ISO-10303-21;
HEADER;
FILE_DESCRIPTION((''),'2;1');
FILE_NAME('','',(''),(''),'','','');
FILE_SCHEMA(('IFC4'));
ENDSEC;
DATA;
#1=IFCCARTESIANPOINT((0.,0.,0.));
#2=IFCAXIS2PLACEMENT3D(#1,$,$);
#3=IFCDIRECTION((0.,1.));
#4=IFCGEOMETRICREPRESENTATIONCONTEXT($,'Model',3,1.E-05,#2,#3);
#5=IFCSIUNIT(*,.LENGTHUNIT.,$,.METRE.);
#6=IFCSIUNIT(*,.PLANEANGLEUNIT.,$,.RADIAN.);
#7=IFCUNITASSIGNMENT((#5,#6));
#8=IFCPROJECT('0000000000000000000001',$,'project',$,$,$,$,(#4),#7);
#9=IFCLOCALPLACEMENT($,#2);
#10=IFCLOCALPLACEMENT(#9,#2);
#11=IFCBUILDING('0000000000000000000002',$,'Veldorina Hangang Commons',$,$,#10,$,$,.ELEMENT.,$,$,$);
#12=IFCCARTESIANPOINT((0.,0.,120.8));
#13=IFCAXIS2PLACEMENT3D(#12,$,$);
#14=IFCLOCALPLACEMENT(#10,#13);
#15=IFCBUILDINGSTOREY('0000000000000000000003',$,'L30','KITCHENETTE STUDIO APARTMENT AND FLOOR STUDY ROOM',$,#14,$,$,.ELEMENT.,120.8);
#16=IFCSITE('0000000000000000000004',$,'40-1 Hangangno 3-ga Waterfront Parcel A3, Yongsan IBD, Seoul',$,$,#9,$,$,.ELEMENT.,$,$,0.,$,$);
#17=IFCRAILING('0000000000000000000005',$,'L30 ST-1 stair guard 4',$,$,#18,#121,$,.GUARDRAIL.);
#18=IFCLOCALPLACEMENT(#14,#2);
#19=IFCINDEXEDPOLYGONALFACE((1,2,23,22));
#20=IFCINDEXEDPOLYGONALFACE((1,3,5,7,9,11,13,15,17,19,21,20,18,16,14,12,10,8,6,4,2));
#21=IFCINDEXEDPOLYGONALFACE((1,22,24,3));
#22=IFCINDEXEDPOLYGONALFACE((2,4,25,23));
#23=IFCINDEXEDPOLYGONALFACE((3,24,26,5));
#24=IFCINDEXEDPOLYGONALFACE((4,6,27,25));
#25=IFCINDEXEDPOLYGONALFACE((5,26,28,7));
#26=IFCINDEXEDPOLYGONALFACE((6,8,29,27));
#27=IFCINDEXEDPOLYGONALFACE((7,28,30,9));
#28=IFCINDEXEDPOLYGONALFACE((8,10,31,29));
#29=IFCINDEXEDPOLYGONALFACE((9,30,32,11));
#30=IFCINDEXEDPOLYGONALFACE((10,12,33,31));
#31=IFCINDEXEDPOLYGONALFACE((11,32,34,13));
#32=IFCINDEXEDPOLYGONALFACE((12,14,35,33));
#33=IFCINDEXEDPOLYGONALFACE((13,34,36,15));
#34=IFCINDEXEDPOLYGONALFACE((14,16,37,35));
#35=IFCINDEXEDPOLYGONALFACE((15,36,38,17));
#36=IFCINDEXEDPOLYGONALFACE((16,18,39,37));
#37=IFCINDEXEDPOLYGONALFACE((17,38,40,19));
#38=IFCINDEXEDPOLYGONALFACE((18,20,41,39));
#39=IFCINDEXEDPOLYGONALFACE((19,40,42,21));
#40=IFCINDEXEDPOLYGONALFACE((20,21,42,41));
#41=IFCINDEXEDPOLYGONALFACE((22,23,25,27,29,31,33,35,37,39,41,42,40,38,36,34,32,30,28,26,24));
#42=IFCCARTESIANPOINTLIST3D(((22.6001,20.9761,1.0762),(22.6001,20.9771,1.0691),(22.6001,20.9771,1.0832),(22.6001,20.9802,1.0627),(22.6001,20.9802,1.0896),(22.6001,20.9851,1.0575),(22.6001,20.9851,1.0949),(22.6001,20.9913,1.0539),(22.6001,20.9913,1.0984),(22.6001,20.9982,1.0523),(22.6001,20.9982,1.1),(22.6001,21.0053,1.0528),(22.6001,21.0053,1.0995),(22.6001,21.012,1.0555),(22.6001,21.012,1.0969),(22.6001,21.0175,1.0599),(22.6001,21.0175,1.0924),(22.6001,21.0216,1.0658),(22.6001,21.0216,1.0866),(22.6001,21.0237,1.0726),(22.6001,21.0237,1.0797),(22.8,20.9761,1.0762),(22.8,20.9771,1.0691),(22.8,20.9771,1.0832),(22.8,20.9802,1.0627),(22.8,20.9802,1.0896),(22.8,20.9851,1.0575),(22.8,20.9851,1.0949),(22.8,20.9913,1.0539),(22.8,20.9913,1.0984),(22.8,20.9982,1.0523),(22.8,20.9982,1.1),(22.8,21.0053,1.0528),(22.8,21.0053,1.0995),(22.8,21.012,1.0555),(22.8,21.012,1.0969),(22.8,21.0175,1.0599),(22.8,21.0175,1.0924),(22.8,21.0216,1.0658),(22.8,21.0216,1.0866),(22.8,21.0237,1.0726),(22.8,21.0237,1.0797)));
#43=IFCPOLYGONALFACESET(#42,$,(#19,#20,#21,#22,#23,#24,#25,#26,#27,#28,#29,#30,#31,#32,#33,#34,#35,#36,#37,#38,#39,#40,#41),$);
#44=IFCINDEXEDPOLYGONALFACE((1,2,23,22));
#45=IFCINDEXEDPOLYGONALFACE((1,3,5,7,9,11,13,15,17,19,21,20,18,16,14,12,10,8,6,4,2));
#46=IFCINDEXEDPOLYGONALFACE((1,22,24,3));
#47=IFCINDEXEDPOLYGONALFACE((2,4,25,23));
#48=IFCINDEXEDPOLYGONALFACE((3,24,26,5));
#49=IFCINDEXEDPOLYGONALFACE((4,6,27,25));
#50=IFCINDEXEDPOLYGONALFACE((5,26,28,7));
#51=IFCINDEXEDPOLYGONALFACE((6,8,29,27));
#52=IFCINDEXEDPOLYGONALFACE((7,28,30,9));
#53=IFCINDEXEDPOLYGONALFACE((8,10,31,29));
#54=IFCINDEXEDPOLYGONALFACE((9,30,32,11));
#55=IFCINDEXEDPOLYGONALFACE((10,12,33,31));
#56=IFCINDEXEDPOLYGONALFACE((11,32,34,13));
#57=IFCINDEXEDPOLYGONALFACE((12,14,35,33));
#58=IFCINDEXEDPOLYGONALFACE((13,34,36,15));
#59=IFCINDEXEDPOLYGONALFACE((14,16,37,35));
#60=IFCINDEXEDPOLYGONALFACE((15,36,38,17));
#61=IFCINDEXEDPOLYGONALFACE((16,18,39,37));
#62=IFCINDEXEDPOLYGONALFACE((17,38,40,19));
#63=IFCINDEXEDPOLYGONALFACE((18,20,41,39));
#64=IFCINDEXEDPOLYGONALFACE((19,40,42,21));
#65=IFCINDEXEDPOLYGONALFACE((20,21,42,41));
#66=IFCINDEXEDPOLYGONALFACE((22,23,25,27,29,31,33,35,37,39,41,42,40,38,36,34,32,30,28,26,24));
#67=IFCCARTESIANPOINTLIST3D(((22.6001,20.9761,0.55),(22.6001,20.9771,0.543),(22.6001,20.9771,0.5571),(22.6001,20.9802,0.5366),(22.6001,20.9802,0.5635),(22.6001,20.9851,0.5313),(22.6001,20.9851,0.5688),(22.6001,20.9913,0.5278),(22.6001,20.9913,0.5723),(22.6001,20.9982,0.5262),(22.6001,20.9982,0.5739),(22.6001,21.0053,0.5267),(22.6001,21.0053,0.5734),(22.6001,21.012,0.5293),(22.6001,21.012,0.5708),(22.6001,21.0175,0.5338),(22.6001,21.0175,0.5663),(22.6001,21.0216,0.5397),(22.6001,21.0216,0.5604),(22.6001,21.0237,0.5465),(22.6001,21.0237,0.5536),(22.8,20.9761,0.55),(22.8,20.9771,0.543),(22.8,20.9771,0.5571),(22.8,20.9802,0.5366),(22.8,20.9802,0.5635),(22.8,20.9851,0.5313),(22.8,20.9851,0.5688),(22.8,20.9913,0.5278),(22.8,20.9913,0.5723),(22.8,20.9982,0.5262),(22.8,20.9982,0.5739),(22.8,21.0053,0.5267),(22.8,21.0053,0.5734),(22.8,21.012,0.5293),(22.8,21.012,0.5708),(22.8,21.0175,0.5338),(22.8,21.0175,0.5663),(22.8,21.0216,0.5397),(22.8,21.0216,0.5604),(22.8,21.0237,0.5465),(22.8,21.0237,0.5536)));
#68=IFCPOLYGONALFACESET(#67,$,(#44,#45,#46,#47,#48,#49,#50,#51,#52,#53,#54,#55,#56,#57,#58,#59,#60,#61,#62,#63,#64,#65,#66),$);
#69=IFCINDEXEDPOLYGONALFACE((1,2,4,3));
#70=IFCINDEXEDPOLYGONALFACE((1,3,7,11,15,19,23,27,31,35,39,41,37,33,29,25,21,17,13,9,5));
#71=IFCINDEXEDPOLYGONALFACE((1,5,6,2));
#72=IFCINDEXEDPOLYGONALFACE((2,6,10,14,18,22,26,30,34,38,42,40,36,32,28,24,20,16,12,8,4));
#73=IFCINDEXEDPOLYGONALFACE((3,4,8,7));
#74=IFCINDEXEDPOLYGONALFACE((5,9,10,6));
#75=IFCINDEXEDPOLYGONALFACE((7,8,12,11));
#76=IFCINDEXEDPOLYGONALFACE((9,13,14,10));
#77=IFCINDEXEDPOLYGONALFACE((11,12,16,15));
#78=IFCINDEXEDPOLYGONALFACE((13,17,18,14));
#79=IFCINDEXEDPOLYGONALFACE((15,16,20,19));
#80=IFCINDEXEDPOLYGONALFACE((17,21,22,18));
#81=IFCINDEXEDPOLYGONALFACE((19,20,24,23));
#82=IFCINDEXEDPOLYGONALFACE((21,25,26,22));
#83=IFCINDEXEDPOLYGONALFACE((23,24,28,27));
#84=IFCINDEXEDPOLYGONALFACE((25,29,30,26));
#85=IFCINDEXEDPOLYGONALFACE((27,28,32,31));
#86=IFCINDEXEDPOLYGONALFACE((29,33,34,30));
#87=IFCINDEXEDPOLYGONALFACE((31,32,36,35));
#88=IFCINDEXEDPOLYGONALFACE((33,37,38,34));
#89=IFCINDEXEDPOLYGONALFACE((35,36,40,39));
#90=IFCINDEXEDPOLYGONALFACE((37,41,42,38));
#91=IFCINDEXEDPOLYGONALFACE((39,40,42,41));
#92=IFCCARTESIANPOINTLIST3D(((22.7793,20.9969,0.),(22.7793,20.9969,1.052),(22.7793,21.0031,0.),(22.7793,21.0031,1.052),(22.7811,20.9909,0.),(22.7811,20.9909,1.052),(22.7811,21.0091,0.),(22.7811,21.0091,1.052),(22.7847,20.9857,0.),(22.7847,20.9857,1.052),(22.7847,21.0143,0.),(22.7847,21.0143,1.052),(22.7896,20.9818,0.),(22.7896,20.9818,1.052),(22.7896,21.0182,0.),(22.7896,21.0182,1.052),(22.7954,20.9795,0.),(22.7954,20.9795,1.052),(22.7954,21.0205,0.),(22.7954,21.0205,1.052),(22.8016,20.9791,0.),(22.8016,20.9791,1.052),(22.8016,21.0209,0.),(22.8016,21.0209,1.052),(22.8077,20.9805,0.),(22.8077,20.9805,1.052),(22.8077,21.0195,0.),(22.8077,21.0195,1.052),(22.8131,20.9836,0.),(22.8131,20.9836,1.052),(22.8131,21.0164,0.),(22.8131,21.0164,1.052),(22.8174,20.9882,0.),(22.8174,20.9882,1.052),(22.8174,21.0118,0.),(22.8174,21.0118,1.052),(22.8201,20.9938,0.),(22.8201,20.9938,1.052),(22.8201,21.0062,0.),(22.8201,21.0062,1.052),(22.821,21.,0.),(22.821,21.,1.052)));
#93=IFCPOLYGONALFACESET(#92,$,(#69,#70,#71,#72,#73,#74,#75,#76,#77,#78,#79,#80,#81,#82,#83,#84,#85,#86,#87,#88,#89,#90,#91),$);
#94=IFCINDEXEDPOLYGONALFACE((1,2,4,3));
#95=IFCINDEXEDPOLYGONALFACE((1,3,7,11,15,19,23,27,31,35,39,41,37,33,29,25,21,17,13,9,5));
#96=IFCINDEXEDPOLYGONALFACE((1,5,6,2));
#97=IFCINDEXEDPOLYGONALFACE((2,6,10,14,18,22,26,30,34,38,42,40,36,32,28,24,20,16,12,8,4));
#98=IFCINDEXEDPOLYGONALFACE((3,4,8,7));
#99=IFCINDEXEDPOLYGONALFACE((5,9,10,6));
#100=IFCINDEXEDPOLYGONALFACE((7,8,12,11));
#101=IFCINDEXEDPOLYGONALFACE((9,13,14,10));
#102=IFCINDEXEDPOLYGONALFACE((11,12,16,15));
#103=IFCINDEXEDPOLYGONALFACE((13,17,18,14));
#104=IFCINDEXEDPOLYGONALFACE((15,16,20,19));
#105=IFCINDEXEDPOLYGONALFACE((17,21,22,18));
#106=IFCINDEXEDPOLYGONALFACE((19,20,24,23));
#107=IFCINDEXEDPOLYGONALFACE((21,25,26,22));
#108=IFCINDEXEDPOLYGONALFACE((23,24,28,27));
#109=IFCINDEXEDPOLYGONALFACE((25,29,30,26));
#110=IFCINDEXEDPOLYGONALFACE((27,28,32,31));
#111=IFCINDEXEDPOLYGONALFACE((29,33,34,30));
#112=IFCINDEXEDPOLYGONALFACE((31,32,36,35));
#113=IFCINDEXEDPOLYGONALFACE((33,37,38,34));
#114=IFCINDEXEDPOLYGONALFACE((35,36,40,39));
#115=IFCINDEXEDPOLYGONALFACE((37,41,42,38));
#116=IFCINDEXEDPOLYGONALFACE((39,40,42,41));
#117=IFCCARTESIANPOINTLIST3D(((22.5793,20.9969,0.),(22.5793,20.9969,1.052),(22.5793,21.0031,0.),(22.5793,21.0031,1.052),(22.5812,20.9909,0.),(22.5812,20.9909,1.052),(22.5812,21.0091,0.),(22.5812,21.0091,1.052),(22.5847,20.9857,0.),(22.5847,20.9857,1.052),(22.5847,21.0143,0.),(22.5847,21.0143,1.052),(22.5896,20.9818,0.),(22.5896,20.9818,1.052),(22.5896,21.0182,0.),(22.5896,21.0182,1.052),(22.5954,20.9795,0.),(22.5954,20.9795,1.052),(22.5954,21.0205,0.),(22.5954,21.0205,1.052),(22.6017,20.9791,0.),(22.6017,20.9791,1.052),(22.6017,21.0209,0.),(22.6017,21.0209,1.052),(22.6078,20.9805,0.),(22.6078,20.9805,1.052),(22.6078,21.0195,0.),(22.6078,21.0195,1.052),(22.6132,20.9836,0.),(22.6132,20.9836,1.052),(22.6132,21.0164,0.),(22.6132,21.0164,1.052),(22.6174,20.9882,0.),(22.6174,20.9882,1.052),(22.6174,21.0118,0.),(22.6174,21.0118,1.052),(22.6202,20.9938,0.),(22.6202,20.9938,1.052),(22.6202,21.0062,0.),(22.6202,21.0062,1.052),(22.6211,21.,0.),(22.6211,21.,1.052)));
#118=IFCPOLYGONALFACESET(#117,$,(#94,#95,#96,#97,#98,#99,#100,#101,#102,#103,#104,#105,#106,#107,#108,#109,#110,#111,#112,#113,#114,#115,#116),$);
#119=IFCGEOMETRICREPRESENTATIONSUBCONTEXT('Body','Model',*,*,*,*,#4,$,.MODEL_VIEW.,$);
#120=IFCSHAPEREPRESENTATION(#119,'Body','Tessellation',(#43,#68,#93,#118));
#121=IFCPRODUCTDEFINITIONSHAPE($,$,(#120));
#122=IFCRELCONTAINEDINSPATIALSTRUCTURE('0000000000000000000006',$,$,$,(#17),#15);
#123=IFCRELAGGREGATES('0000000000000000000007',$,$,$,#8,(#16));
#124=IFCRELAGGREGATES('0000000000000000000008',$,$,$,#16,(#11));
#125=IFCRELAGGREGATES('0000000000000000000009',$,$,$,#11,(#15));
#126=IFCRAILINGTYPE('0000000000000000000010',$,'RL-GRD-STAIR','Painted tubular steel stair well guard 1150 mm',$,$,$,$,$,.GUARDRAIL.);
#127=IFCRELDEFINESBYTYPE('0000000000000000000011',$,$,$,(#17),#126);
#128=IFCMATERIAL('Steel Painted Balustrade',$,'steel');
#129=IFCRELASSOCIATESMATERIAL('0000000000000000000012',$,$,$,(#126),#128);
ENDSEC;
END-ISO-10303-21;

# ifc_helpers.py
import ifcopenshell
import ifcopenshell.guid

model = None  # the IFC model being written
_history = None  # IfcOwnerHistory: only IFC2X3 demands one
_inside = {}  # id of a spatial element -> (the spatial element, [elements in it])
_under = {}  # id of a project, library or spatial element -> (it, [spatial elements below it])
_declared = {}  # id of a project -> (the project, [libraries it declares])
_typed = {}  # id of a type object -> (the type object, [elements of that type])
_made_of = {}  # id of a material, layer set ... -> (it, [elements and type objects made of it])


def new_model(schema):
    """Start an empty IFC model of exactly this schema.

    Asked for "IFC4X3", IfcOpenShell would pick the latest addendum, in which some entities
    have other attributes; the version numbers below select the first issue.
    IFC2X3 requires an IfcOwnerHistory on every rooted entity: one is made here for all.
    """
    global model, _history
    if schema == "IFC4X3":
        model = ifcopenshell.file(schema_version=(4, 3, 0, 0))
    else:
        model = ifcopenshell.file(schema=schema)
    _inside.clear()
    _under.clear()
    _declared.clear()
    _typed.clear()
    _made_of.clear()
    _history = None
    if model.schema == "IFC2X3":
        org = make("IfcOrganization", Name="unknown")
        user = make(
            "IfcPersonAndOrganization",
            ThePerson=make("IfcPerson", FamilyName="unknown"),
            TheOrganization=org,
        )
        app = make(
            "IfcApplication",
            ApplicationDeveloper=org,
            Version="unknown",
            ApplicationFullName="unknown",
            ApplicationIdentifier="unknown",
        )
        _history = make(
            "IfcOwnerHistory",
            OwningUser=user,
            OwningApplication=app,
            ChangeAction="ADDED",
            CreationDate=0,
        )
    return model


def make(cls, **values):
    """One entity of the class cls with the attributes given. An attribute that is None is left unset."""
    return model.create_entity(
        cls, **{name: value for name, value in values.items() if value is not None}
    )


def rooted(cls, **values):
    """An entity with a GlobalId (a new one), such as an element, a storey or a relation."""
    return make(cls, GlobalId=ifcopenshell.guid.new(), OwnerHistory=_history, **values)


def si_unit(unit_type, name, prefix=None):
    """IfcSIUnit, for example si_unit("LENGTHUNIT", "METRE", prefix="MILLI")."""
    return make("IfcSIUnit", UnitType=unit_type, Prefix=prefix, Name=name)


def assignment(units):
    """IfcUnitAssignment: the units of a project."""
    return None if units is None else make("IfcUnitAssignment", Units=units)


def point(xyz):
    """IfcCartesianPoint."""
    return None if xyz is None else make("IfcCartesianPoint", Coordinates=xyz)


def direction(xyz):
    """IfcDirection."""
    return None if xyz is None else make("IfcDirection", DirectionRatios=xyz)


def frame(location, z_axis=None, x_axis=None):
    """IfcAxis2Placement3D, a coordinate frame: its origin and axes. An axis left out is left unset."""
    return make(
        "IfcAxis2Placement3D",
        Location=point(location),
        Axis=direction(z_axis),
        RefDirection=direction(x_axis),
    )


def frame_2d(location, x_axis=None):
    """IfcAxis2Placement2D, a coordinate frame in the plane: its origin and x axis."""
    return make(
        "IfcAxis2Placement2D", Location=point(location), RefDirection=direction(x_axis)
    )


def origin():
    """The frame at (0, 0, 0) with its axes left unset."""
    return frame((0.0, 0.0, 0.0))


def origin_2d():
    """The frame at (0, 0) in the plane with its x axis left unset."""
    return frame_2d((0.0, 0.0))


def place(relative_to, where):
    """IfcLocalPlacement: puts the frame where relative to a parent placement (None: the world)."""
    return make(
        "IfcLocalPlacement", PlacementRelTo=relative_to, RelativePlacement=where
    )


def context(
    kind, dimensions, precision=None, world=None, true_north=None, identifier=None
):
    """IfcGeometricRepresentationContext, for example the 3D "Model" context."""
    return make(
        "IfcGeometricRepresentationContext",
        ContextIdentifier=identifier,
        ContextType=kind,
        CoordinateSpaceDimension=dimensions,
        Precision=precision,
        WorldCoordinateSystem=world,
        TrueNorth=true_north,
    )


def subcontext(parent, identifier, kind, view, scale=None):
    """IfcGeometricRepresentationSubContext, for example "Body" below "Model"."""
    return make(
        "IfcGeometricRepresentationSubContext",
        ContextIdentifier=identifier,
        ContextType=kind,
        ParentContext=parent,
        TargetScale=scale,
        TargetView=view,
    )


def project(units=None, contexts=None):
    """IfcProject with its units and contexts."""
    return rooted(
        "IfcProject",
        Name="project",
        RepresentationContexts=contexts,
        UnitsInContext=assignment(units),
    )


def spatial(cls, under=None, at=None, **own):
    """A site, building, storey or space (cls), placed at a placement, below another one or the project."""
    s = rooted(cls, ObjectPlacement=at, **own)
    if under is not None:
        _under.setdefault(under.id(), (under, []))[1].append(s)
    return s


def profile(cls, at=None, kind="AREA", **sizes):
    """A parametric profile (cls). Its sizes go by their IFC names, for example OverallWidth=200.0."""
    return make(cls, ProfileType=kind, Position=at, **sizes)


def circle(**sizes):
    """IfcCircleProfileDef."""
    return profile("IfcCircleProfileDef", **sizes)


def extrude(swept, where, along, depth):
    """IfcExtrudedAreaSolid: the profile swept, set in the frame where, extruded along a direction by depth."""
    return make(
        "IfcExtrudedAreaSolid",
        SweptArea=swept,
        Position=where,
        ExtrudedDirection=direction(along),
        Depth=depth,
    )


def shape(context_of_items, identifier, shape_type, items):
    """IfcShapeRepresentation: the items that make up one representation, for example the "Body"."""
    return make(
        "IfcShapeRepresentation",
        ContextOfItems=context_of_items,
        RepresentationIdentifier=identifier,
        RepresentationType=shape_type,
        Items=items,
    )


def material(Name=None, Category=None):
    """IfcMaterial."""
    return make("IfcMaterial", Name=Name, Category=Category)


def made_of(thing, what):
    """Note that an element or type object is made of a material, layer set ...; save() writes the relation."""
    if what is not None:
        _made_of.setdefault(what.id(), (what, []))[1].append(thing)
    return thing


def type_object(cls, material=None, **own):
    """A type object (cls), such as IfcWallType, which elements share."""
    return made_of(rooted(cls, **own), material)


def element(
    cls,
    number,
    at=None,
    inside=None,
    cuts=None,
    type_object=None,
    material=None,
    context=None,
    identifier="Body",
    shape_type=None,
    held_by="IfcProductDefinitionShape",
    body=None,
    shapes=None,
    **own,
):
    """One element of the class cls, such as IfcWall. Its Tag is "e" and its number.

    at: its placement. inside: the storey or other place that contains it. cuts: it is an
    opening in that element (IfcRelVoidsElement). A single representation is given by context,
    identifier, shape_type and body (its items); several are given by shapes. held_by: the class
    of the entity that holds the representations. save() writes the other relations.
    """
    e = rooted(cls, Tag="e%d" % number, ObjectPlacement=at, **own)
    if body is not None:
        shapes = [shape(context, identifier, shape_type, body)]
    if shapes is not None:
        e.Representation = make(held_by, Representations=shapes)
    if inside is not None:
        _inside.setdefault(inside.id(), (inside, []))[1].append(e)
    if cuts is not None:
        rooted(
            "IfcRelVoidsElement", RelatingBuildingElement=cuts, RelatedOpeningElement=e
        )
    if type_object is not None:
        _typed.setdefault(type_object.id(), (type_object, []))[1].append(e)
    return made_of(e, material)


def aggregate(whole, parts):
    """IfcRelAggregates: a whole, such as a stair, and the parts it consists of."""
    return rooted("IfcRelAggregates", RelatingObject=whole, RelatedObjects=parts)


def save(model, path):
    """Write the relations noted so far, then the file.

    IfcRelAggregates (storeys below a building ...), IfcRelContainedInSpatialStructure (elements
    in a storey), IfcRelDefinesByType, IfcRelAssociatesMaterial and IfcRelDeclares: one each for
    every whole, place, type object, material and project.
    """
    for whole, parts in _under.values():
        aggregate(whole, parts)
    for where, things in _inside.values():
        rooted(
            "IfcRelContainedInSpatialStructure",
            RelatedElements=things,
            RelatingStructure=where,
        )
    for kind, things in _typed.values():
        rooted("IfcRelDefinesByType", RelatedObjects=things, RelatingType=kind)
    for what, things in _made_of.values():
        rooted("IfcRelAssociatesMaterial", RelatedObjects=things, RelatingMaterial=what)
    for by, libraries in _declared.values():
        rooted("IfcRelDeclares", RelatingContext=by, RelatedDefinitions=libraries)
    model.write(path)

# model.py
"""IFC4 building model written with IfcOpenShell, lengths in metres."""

from ifc_helpers import new_model, si_unit, direction, frame, origin, origin_2d, place, context, subcontext, project, spatial, circle, extrude, material, type_object, element, save


model = new_model("IFC4")

# Units and contexts
model_context = context("Model", 3, precision=1e-05, world=origin(), true_north=direction((0.0, 1.0)))
body_context = subcontext(model_context, "Body", "Model", "MODEL_VIEW")
ifc_project = project(units=[si_unit("LENGTHUNIT", "METRE"), si_unit("PLANEANGLEUNIT", "RADIAN")], contexts=[model_context])

# Site, building, storey
site_placement = place(None, origin())
site = spatial("IfcSite", under=ifc_project, at=site_placement, Name="40-1 Hangangno 3-ga Waterfront Parcel A3, Yongsan IBD, Seoul", CompositionType="ELEMENT", RefElevation=0.0)
building_placement = place(site_placement, origin())
building = spatial("IfcBuilding", under=site, at=building_placement, Name="Veldorina Hangang Commons", CompositionType="ELEMENT")
storey_placement = place(building_placement, frame((0.0, 0.0, 120.8)))
storey = spatial("IfcBuildingStorey", under=building, at=storey_placement, Name="L30", Description="KITCHENETTE STUDIO APARTMENT AND FLOOR STUDY ROOM", CompositionType="ELEMENT", Elevation=120.8)

# Railing
ifc_material_1 = material(Name="Steel Painted Balustrade", Category="steel")
railing_type_1 = type_object("IfcRailingType", Name="RL-GRD-STAIR", Description="Painted tubular steel stair well guard 1150 mm", PredefinedType="GUARDRAIL", material=ifc_material_1)
railing_1_placement = place(storey_placement, frame((22.8, 21.0, 0.0)))
element("IfcRailing", 1, at=railing_1_placement, inside=storey, type_object=railing_type_1, Name="L30 ST-1 stair guard 4", PredefinedType="GUARDRAIL", context=body_context, shape_type="SweptSolid", body=[
    extrude(circle(Radius=0.0239, at=origin_2d()), frame((0.0, 0.0, 1.0762), z_axis=(-1.0, 0.0, 0.0), x_axis=(0.0, -1.0, 0.0)), (0.0, 0.0, 1.0), 0.2),
    extrude(circle(Radius=0.0239, at=origin_2d()), frame((0.0, 0.0, 0.55), z_axis=(-1.0, 0.0, 0.0), x_axis=(0.0, -1.0, 0.0)), (0.0, 0.0, 1.0), 0.2),
    extrude(circle(Radius=0.021, at=origin_2d()), origin(), (0.0, 0.0, 1.0), 1.052),
    extrude(circle(Radius=0.021, at=origin_2d()), frame((-0.2, 0.0, 0.0)), (0.0, 0.0, 1.0), 1.052),
])

save(model, "model.ifc")
